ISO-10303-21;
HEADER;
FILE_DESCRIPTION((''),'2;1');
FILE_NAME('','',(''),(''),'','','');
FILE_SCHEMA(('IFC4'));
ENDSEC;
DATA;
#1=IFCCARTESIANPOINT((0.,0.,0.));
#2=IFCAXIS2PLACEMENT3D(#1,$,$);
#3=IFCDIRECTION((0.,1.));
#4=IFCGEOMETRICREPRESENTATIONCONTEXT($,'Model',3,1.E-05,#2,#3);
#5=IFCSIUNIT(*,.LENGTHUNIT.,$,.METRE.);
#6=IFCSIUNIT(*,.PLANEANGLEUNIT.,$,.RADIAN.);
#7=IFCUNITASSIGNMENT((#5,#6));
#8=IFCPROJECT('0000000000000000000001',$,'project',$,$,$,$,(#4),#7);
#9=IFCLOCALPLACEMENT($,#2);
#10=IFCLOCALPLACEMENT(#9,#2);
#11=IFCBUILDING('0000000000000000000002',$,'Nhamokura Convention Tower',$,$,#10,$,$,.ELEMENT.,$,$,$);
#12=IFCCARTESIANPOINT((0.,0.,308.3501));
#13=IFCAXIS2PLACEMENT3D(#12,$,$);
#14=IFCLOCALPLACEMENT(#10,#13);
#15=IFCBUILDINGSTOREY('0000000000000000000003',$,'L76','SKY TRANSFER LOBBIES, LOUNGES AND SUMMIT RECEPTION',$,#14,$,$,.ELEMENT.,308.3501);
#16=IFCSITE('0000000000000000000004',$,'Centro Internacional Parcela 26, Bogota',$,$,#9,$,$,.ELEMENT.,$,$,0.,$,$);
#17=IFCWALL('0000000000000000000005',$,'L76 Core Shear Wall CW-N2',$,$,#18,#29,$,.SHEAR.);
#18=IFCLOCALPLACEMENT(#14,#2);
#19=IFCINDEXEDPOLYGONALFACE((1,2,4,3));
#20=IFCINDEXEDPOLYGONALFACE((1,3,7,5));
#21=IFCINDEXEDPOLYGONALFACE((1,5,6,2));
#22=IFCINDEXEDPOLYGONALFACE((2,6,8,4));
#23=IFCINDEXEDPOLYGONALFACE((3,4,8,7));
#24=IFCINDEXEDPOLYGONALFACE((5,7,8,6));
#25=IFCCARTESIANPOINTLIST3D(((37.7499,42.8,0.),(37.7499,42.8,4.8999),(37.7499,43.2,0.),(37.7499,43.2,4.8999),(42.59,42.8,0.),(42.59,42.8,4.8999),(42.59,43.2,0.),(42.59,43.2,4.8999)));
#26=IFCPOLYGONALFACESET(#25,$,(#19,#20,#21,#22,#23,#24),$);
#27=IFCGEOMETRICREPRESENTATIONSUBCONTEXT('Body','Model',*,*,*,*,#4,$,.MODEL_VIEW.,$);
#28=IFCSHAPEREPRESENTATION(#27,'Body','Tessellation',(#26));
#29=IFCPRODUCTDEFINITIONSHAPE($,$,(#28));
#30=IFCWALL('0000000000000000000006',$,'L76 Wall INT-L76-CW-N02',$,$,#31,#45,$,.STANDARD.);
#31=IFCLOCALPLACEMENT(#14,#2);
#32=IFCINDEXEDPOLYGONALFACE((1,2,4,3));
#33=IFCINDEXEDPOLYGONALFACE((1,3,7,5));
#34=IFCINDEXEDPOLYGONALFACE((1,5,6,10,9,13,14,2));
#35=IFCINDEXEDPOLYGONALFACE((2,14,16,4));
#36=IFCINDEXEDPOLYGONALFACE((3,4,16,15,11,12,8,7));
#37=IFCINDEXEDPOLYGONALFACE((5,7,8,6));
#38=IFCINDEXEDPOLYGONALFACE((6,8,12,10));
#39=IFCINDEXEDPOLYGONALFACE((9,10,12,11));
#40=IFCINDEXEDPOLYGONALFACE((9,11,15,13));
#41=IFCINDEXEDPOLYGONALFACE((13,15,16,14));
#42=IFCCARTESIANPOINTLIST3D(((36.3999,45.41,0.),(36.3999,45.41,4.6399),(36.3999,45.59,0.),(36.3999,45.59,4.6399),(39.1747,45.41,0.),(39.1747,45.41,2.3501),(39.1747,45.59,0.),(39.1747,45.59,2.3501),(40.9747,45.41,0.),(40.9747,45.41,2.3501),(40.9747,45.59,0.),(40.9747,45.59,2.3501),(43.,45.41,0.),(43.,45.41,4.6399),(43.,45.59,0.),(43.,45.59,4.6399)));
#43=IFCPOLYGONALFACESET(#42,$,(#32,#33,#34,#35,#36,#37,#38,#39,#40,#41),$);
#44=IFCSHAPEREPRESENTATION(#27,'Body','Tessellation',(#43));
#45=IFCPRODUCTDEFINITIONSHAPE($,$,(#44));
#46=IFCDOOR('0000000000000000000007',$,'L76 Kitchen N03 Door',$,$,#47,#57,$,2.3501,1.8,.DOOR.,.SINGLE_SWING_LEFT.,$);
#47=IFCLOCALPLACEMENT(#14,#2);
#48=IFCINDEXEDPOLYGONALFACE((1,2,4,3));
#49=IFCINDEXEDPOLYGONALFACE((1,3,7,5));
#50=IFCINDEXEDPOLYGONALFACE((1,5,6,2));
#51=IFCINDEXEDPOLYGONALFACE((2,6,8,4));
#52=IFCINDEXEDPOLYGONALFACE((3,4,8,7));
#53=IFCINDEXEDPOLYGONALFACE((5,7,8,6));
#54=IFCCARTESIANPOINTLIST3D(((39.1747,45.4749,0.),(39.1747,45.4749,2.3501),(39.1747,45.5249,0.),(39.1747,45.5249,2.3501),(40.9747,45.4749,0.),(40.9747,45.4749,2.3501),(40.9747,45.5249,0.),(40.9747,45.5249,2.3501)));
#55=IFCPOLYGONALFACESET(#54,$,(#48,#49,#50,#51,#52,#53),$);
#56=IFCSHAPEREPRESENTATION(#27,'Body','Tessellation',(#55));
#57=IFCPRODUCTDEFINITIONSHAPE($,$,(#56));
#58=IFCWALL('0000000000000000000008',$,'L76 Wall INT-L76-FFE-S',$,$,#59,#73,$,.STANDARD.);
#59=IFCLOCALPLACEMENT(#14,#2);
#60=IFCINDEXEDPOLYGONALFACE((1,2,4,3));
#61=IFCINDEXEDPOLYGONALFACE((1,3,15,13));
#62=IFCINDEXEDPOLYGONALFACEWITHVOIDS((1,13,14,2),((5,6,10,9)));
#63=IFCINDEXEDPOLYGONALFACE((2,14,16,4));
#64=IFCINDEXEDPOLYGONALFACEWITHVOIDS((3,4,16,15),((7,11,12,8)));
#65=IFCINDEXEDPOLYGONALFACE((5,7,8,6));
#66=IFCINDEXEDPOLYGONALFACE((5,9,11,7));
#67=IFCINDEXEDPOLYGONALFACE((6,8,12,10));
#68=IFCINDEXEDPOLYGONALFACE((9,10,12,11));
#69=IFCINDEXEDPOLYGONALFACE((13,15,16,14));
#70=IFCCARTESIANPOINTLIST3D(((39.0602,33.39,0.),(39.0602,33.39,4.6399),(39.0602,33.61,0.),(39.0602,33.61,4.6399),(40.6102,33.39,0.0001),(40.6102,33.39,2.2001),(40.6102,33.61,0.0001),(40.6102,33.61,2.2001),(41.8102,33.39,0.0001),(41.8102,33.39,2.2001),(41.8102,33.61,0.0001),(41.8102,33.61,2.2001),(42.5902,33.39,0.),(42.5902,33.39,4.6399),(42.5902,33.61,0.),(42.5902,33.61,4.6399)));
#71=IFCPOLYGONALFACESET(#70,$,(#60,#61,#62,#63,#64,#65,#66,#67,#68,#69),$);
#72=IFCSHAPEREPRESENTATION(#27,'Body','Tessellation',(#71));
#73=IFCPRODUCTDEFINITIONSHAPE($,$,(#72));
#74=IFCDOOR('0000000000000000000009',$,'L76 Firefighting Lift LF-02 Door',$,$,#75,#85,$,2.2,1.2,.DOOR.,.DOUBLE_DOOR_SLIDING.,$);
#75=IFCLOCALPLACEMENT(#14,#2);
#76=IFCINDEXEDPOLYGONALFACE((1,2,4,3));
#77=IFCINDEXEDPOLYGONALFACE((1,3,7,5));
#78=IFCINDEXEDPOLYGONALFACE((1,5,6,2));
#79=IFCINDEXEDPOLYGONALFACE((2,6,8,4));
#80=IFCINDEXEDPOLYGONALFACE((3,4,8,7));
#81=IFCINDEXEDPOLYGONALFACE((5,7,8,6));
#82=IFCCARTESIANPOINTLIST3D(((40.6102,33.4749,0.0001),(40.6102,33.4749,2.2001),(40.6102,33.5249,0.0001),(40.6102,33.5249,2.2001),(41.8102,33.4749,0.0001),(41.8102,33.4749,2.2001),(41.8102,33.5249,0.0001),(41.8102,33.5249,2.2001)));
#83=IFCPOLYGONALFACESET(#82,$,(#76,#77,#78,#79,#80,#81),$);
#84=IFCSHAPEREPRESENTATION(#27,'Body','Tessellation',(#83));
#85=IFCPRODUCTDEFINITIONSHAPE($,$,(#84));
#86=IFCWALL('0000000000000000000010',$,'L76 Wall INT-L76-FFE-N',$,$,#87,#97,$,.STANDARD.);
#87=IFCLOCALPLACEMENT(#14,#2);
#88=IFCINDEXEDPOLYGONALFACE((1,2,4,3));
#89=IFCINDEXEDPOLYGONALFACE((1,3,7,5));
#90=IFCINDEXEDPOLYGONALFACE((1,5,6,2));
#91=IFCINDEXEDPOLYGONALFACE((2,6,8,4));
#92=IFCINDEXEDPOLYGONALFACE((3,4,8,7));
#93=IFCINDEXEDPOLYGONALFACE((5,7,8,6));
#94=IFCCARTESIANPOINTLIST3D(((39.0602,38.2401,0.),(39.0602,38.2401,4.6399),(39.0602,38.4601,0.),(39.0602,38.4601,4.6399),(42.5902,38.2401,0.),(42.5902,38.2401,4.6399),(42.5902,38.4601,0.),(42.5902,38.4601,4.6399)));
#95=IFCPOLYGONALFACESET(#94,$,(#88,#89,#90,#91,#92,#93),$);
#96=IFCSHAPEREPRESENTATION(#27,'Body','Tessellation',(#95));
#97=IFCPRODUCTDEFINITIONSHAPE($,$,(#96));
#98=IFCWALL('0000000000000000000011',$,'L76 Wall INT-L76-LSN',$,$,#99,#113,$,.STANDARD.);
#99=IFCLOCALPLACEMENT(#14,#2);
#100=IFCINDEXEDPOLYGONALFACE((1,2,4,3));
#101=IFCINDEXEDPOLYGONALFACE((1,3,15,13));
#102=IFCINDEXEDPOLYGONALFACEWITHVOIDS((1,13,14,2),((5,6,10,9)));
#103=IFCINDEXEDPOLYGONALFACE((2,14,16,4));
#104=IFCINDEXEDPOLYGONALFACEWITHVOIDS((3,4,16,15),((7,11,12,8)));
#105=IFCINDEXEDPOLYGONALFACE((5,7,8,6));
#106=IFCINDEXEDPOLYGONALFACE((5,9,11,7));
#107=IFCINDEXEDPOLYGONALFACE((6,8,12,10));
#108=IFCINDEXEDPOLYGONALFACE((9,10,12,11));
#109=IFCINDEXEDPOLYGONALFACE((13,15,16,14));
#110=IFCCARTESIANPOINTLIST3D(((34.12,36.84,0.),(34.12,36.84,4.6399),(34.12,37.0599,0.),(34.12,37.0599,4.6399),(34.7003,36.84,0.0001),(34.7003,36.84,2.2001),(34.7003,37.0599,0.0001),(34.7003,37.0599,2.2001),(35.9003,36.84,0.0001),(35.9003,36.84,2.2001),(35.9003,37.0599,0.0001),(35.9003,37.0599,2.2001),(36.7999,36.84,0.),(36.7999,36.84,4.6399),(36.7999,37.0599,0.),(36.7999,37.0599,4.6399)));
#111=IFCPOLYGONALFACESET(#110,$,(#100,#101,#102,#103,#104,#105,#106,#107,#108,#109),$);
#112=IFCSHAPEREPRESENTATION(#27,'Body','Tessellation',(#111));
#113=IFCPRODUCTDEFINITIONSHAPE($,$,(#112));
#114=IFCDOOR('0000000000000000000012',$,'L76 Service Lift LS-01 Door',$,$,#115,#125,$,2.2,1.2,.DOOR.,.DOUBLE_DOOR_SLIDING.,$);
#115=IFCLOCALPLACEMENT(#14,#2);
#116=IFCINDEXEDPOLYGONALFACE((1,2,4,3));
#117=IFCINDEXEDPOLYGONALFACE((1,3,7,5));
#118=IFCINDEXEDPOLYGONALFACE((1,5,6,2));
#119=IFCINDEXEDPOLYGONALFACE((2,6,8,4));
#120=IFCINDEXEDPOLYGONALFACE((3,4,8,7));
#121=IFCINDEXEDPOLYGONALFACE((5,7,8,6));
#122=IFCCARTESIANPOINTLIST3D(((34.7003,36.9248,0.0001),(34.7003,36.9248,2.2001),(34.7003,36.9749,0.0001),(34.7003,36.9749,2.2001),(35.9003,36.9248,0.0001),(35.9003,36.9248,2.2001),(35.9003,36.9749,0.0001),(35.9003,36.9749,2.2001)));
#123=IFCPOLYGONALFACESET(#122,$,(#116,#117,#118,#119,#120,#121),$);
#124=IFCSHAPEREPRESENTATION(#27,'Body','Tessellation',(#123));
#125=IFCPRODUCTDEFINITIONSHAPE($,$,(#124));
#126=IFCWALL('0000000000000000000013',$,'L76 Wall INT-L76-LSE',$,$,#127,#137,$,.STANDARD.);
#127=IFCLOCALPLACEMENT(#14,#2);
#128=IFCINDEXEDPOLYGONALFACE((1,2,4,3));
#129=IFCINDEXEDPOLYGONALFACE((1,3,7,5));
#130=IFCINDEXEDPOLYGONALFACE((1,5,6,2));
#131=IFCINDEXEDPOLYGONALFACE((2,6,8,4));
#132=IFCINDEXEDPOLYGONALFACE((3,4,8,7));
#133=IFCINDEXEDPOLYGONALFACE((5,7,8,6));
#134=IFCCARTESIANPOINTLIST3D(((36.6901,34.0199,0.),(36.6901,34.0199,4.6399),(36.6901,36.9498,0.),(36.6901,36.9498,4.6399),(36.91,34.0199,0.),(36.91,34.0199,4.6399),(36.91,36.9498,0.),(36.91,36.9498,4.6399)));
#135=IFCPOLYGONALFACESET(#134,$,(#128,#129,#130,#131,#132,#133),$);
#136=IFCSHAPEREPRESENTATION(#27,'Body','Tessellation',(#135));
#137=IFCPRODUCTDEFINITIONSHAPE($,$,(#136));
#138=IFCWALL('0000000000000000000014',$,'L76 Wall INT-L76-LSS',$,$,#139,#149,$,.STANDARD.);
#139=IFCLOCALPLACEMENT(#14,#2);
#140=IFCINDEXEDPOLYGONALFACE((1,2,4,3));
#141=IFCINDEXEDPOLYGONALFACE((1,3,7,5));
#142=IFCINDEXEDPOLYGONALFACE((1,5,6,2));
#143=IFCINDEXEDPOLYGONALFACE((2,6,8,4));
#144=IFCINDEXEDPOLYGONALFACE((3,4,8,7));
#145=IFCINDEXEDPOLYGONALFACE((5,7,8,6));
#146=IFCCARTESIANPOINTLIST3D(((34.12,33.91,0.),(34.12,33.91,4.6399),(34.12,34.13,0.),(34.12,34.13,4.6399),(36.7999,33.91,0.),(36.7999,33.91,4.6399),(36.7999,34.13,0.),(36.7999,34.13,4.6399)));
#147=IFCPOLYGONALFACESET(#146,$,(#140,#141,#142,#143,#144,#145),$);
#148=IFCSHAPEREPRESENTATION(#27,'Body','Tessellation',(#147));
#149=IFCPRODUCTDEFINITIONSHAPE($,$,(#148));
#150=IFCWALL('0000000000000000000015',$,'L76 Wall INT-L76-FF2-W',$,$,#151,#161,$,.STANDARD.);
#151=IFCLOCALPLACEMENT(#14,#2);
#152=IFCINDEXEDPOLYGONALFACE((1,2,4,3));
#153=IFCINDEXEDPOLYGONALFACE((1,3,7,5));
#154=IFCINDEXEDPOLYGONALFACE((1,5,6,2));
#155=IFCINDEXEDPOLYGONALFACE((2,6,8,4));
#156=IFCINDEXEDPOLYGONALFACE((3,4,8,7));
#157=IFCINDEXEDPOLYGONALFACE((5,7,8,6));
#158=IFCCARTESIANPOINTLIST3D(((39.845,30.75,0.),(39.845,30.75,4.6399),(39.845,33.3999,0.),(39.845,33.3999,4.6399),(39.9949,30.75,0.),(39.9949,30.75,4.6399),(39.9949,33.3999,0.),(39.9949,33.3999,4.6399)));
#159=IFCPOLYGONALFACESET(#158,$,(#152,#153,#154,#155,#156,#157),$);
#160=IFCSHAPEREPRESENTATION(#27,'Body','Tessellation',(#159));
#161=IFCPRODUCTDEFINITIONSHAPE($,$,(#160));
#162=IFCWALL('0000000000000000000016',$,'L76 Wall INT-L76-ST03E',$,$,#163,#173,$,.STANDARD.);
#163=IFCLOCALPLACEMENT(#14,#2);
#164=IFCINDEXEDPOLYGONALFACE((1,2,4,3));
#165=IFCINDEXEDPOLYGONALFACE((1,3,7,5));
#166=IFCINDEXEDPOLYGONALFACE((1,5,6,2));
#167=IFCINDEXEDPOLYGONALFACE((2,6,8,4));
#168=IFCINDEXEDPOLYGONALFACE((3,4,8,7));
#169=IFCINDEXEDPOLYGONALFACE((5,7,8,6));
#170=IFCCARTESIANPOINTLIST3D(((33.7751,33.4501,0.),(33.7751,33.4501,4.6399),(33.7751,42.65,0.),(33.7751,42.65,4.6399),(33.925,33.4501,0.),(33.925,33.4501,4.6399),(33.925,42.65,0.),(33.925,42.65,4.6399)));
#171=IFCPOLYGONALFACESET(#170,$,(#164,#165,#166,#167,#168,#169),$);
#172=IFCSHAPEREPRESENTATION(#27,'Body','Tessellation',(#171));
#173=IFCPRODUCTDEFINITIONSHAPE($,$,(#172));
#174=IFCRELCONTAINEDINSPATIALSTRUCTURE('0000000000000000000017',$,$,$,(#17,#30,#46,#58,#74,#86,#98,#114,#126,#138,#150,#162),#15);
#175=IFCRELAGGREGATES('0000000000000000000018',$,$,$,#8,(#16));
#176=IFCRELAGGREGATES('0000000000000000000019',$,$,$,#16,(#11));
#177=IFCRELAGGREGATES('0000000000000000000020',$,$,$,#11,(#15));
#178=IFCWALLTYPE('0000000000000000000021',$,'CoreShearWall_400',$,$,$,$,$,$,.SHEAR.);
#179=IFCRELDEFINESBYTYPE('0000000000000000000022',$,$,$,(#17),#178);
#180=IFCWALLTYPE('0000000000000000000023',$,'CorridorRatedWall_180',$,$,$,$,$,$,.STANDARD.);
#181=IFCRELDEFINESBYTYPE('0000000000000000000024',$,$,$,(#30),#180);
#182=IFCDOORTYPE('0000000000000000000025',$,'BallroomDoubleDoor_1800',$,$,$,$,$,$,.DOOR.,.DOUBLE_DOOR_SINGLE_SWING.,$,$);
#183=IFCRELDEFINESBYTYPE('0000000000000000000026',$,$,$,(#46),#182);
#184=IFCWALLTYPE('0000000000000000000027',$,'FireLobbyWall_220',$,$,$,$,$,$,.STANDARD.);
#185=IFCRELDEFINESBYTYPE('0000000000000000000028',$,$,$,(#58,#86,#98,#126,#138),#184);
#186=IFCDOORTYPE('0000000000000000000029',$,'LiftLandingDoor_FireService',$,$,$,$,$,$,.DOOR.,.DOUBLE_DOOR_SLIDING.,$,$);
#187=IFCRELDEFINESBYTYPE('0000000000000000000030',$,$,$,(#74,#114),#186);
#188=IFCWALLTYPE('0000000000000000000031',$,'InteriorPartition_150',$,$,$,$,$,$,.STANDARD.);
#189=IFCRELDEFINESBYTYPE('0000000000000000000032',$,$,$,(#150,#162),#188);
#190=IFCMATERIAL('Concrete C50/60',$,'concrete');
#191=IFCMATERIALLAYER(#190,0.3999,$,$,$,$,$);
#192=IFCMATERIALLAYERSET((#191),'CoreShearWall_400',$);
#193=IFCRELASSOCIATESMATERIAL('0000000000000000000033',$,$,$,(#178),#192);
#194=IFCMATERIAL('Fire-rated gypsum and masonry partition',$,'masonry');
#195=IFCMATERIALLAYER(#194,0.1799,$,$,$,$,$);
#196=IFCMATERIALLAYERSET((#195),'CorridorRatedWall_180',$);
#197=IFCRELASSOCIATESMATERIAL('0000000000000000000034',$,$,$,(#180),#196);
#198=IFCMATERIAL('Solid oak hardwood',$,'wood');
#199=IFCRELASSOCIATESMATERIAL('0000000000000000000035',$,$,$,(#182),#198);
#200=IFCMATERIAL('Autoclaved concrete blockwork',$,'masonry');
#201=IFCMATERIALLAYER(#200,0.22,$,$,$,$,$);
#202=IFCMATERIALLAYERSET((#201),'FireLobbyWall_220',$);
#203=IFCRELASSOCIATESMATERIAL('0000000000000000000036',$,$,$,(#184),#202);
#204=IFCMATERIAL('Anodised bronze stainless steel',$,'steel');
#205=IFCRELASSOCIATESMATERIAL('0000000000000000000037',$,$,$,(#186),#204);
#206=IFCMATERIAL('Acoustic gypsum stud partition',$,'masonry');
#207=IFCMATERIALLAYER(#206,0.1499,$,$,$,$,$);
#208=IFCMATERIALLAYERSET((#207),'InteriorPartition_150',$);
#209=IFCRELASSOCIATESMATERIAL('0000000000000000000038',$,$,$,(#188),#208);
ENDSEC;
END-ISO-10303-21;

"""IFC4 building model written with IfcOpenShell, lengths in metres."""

from ifc_helpers import new_model, si_unit, direction, frame, frame_2d, origin, place, context, subcontext, project, spatial, rectangle, extrude, material, layer, layer_set, type_object, element, fill, save


model = new_model("IFC4")

# Units and contexts
model_context = context("Model", 3, precision=1e-05, world=origin(), true_north=direction((0.0, 1.0)))
body_context = subcontext(model_context, "Body", "Model", "MODEL_VIEW")
ifc_project = project(units=[si_unit("LENGTHUNIT", "METRE"), si_unit("PLANEANGLEUNIT", "RADIAN")], contexts=[model_context])

# Site, building, storey
site_placement = place(None, origin())
site = spatial("IfcSite", under=ifc_project, at=site_placement, Name="Centro Internacional Parcela 26, Bogota", CompositionType="ELEMENT", RefElevation=0.0)
building_placement = place(site_placement, origin())
building = spatial("IfcBuilding", under=site, at=building_placement, Name="Nhamokura Convention Tower", CompositionType="ELEMENT")
storey_placement = place(building_placement, frame((0.0, 0.0, 308.3501)))
storey = spatial("IfcBuildingStorey", under=building, at=storey_placement, Name="L76", Description="SKY TRANSFER LOBBIES, LOUNGES AND SUMMIT RECEPTION", CompositionType="ELEMENT", Elevation=308.3501)

# Shared definitions
ifc_material_1 = material(Name="Concrete C50/60", Category="concrete")
ifc_layer_1 = layer(ifc_material_1, 0.3999)
ifc_layer_set_1 = layer_set([ifc_layer_1], Name="CoreShearWall_400")
wall_type_1 = type_object("IfcWallType", Name="CoreShearWall_400", PredefinedType="SHEAR", material=ifc_layer_set_1)

# Wall
wall_1_placement = place(storey_placement, frame((37.75, 43.0, 0.0), z_axis=(0.0, 0.0, 1.0), x_axis=(1.0, 0.0, 0.0)))
element("IfcWall", 1, at=wall_1_placement, inside=storey, type_object=wall_type_1, Name="L76 Core Shear Wall CW-N2", PredefinedType="SHEAR", context=body_context, shape_type="SweptSolid", body=[
    extrude(rectangle(XDim=4.8401, YDim=0.3999, at=frame_2d((2.4199, 0.0))), origin(), (0.0, 0.0, 1.0), 4.8999),
])

# Walls, openings, doors
ifc_material_2 = material(Name="Fire-rated gypsum and masonry partition", Category="masonry")
ifc_layer_2 = layer(ifc_material_2, 0.1799)
ifc_layer_set_2 = layer_set([ifc_layer_2], Name="CorridorRatedWall_180")
wall_type_2 = type_object("IfcWallType", Name="CorridorRatedWall_180", PredefinedType="STANDARD", material=ifc_layer_set_2)
wall_2_placement = place(storey_placement, frame((36.3999, 45.5, 0.0), z_axis=(0.0, 0.0, 1.0), x_axis=(1.0, 0.0, 0.0)))
wall_2 = element("IfcWall", 2, at=wall_2_placement, inside=storey, type_object=wall_type_2, Name="L76 Wall INT-L76-CW-N02", PredefinedType="STANDARD", context=body_context, shape_type="SweptSolid", body=[
    extrude(rectangle(XDim=6.6001, YDim=0.1799, at=frame_2d((3.3, 0.0))), origin(), (0.0, 0.0, 1.0), 4.6399),
])
opening_1_placement = place(wall_2_placement, frame((2.7749, 0.0, 0.0)))
opening_1 = element("IfcOpeningElement", 3, at=opening_1_placement, cuts=wall_2, PredefinedType="OPENING", context=body_context, shape_type="SweptSolid", body=[
    extrude(rectangle(XDim=1.8, YDim=2.3501, at=frame_2d((0.8999, 1.175))), frame((0.0, 0.0999, 0.0), z_axis=(0.0, -1.0, 0.0), x_axis=(1.0, 0.0, 0.0)), (0.0, 0.0, 1.0), 0.2),
])
ifc_material_3 = material(Name="Solid oak hardwood", Category="wood")
door_type_1 = type_object("IfcDoorType", Name="BallroomDoubleDoor_1800", OperationType="DOUBLE_DOOR_SINGLE_SWING", PredefinedType="DOOR", material=ifc_material_3)
door_1_placement = place(opening_1_placement, origin())
door_1 = element("IfcDoor", 4, at=door_1_placement, inside=storey, type_object=door_type_1, Name="L76 Kitchen N03 Door", OperationType="SINGLE_SWING_LEFT", OverallHeight=2.3501, OverallWidth=1.8, PredefinedType="DOOR", context=body_context, shape_type="SweptSolid", body=[
    extrude(rectangle(XDim=1.8, YDim=2.3501, at=frame_2d((0.8999, 1.175))), frame((0.0, 0.0249, 0.0), z_axis=(0.0, -1.0, 0.0), x_axis=(1.0, 0.0, 0.0)), (0.0, 0.0, 1.0), 0.05),
])
fill(opening_1, door_1)
ifc_material_4 = material(Name="Autoclaved concrete blockwork", Category="masonry")
ifc_layer_3 = layer(ifc_material_4, 0.22)
ifc_layer_set_3 = layer_set([ifc_layer_3], Name="FireLobbyWall_220")
wall_type_3 = type_object("IfcWallType", Name="FireLobbyWall_220", PredefinedType="STANDARD", material=ifc_layer_set_3)
wall_3_placement = place(storey_placement, frame((39.0601, 33.5, 0.0), z_axis=(0.0, 0.0, 1.0), x_axis=(1.0, 0.0, 0.0)))
wall_3 = element("IfcWall", 5, at=wall_3_placement, inside=storey, type_object=wall_type_3, Name="L76 Wall INT-L76-FFE-S", PredefinedType="STANDARD", context=body_context, shape_type="SweptSolid", body=[
    extrude(rectangle(XDim=3.53, YDim=0.22, at=frame_2d((1.7651, 0.0))), origin(), (0.0, 0.0, 1.0), 4.6399),
])
opening_2_placement = place(wall_3_placement, frame((1.55, 0.0, 0.0)))
opening_2 = element("IfcOpeningElement", 6, at=opening_2_placement, cuts=wall_3, PredefinedType="OPENING", context=body_context, shape_type="SweptSolid", body=[
    extrude(rectangle(XDim=1.2, YDim=2.2, at=frame_2d((0.6001, 1.1001))), frame((0.0, 0.1199, 0.0), z_axis=(0.0, -1.0, 0.0), x_axis=(1.0, 0.0, 0.0)), (0.0, 0.0, 1.0), 0.24),
])
ifc_material_5 = material(Name="Anodised bronze stainless steel", Category="steel")
door_type_2 = type_object("IfcDoorType", Name="LiftLandingDoor_FireService", OperationType="DOUBLE_DOOR_SLIDING", PredefinedType="DOOR", material=ifc_material_5)
door_2_placement = place(opening_2_placement, origin())
door_2 = element("IfcDoor", 7, at=door_2_placement, inside=storey, type_object=door_type_2, Name="L76 Firefighting Lift LF-02 Door", OperationType="DOUBLE_DOOR_SLIDING", OverallHeight=2.2, OverallWidth=1.2, PredefinedType="DOOR", context=body_context, shape_type="SweptSolid", body=[
    extrude(rectangle(XDim=1.2, YDim=2.2, at=frame_2d((0.6001, 1.1001))), frame((0.0, 0.0249, 0.0), z_axis=(0.0, -1.0, 0.0), x_axis=(1.0, 0.0, 0.0)), (0.0, 0.0, 1.0), 0.05),
])
fill(opening_2, door_2)

# Wall
wall_4_placement = place(storey_placement, frame((39.0601, 38.3501, 0.0), z_axis=(0.0, 0.0, 1.0), x_axis=(1.0, 0.0, 0.0)))
element("IfcWall", 8, at=wall_4_placement, inside=storey, type_object=wall_type_3, Name="L76 Wall INT-L76-FFE-N", PredefinedType="STANDARD", context=body_context, shape_type="SweptSolid", body=[
    extrude(rectangle(XDim=3.53, YDim=0.22, at=frame_2d((1.7651, 0.0))), origin(), (0.0, 0.0, 1.0), 4.6399),
])

# Wall, opening, door
wall_5_placement = place(storey_placement, frame((34.1201, 36.95, 0.0), z_axis=(0.0, 0.0, 1.0), x_axis=(1.0, 0.0, 0.0)))
wall_5 = element("IfcWall", 9, at=wall_5_placement, inside=storey, type_object=wall_type_3, Name="L76 Wall INT-L76-LSN", PredefinedType="STANDARD", context=body_context, shape_type="SweptSolid", body=[
    extrude(rectangle(XDim=2.6799, YDim=0.22, at=frame_2d((1.3398, 0.0))), origin(), (0.0, 0.0, 1.0), 4.6399),
])
opening_3_placement = place(wall_5_placement, frame((0.5801, 0.0, 0.0)))
opening_3 = element("IfcOpeningElement", 10, at=opening_3_placement, cuts=wall_5, PredefinedType="OPENING", context=body_context, shape_type="SweptSolid", body=[
    extrude(rectangle(XDim=1.2, YDim=2.2, at=frame_2d((0.6001, 1.1001))), frame((0.0, 0.1199, 0.0), z_axis=(0.0, -1.0, 0.0), x_axis=(1.0, 0.0, 0.0)), (0.0, 0.0, 1.0), 0.24),
])
door_3_placement = place(opening_3_placement, origin())
door_3 = element("IfcDoor", 11, at=door_3_placement, inside=storey, type_object=door_type_2, Name="L76 Service Lift LS-01 Door", OperationType="DOUBLE_DOOR_SLIDING", OverallHeight=2.2, OverallWidth=1.2, PredefinedType="DOOR", context=body_context, shape_type="SweptSolid", body=[
    extrude(rectangle(XDim=1.2, YDim=2.2, at=frame_2d((0.6001, 1.1001))), frame((0.0, 0.0249, 0.0), z_axis=(0.0, -1.0, 0.0), x_axis=(1.0, 0.0, 0.0)), (0.0, 0.0, 1.0), 0.05),
])
fill(opening_3, door_3)

# Walls
wall_6_placement = place(storey_placement, frame((36.8, 34.02, 0.0), z_axis=(0.0, 0.0, 1.0), x_axis=(0.0, 1.0, 0.0)))
element("IfcWall", 12, at=wall_6_placement, inside=storey, type_object=wall_type_3, Name="L76 Wall INT-L76-LSE", PredefinedType="STANDARD", context=body_context, shape_type="SweptSolid", body=[
    extrude(rectangle(XDim=2.9299, YDim=0.22, at=frame_2d((1.4648, 0.0))), origin(), (0.0, 0.0, 1.0), 4.6399),
])
wall_7_placement = place(storey_placement, frame((34.1201, 34.02, 0.0), z_axis=(0.0, 0.0, 1.0), x_axis=(1.0, 0.0, 0.0)))
element("IfcWall", 13, at=wall_7_placement, inside=storey, type_object=wall_type_3, Name="L76 Wall INT-L76-LSS", PredefinedType="STANDARD", context=body_context, shape_type="SweptSolid", body=[
    extrude(rectangle(XDim=2.6799, YDim=0.22, at=frame_2d((1.3398, 0.0))), origin(), (0.0, 0.0, 1.0), 4.6399),
])
ifc_material_6 = material(Name="Acoustic gypsum stud partition", Category="masonry")
ifc_layer_4 = layer(ifc_material_6, 0.1499)
ifc_layer_set_4 = layer_set([ifc_layer_4], Name="InteriorPartition_150")
wall_type_4 = type_object("IfcWallType", Name="InteriorPartition_150", PredefinedType="STANDARD", material=ifc_layer_set_4)
wall_8_placement = place(storey_placement, frame((39.9199, 30.75, 0.0), z_axis=(0.0, 0.0, 1.0), x_axis=(0.0, 1.0, 0.0)))
element("IfcWall", 14, at=wall_8_placement, inside=storey, type_object=wall_type_4, Name="L76 Wall INT-L76-FF2-W", PredefinedType="STANDARD", context=body_context, shape_type="SweptSolid", body=[
    extrude(rectangle(XDim=2.6499, YDim=0.1499, at=frame_2d((1.325, 0.0))), origin(), (0.0, 0.0, 1.0), 4.6399),
])
wall_9_placement = place(storey_placement, frame((33.8501, 33.45, 0.0), z_axis=(0.0, 0.0, 1.0), x_axis=(0.0, 1.0, 0.0)))
element("IfcWall", 15, at=wall_9_placement, inside=storey, type_object=wall_type_4, Name="L76 Wall INT-L76-ST03E", PredefinedType="STANDARD", context=body_context, shape_type="SweptSolid", body=[
    extrude(rectangle(XDim=9.2, YDim=0.1499, at=frame_2d((4.6001, 0.0))), origin(), (0.0, 0.0, 1.0), 4.6399),
])

save(model, "model.ifc")
